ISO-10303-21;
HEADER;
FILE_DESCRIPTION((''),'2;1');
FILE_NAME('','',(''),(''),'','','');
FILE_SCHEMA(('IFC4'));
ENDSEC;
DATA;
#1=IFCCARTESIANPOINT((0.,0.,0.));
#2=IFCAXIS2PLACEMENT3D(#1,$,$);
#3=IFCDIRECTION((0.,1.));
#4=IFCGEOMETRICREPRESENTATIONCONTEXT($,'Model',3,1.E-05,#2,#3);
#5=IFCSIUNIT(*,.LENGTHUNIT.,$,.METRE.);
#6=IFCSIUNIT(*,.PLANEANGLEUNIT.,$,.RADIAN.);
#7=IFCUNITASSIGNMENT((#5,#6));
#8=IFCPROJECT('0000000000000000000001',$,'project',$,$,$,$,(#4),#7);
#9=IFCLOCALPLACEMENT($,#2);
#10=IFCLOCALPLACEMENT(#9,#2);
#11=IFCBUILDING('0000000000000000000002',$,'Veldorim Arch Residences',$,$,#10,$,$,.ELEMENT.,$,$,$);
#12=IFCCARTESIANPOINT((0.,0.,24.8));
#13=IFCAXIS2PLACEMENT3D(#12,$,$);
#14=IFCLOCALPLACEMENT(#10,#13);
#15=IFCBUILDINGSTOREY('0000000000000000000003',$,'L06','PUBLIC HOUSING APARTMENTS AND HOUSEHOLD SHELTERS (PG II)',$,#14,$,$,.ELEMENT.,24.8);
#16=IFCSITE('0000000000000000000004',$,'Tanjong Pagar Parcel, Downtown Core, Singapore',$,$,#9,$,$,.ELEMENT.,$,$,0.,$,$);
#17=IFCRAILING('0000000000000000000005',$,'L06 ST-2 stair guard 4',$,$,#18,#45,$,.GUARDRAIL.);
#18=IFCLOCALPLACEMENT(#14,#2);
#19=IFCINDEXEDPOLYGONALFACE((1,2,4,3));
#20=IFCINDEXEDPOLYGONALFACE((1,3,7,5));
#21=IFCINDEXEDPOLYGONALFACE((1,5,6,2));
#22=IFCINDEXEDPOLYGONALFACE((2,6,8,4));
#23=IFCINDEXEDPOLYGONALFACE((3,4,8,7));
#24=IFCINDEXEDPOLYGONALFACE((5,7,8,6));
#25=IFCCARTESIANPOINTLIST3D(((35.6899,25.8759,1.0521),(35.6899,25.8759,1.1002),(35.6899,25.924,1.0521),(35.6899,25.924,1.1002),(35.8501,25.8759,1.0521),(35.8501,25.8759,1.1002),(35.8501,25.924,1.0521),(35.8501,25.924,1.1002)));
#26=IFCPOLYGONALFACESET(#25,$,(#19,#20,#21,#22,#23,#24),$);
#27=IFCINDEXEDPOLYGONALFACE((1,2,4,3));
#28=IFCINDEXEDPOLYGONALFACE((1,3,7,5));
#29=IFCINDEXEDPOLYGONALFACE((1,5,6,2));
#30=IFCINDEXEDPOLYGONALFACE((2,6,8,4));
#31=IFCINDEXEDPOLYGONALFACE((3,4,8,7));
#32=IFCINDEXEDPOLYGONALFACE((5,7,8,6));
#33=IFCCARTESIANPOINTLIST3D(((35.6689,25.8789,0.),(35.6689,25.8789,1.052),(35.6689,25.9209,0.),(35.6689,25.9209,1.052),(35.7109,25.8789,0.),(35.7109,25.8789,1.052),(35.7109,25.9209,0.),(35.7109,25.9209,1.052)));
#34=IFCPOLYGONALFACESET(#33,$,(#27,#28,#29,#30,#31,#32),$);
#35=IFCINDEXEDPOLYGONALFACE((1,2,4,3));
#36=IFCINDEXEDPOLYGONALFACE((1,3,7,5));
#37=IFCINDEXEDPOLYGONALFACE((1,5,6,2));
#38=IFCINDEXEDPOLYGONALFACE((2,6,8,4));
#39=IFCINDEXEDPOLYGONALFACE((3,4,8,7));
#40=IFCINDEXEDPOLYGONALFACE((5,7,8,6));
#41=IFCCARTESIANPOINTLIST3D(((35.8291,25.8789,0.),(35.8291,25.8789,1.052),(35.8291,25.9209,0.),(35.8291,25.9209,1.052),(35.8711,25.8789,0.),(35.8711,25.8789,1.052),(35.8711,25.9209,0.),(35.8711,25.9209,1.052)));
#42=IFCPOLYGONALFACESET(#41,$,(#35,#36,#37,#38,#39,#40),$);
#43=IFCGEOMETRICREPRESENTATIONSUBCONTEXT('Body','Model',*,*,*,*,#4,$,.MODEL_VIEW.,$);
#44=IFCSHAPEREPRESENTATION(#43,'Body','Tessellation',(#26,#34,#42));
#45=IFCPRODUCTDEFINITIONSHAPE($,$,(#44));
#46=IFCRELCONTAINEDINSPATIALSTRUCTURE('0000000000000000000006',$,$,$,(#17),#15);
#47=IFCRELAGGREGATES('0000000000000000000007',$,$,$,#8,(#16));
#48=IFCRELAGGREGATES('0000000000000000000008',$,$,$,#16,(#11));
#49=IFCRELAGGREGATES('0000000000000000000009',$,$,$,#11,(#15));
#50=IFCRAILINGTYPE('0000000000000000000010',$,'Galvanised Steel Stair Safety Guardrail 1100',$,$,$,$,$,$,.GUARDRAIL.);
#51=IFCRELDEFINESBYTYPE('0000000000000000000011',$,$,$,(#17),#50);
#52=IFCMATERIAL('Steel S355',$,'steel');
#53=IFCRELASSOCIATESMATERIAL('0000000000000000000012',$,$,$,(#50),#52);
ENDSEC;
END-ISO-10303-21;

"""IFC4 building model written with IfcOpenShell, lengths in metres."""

from ifc_helpers import new_model, si_unit, direction, frame, origin, origin_2d, place, context, subcontext, project, spatial, rectangle, extrude, material, type_object, element, save


model = new_model("IFC4")

# Units and contexts
model_context = context("Model", 3, precision=1e-05, world=origin(), true_north=direction((0.0, 1.0)))
body_context = subcontext(model_context, "Body", "Model", "MODEL_VIEW")
ifc_project = project(units=[si_unit("LENGTHUNIT", "METRE"), si_unit("PLANEANGLEUNIT", "RADIAN")], contexts=[model_context])

# Site, building, storey
site_placement = place(None, origin())
site = spatial("IfcSite", under=ifc_project, at=site_placement, Name="Tanjong Pagar Parcel, Downtown Core, Singapore", CompositionType="ELEMENT", RefElevation=0.0)
building_placement = place(site_placement, origin())
building = spatial("IfcBuilding", under=site, at=building_placement, Name="Veldorim Arch Residences", CompositionType="ELEMENT")
storey_placement = place(building_placement, frame((0.0, 0.0, 24.8)))
storey = spatial("IfcBuildingStorey", under=building, at=storey_placement, Name="L06", Description="PUBLIC HOUSING APARTMENTS AND HOUSEHOLD SHELTERS (PG II)", CompositionType="ELEMENT", Elevation=24.8)

# Railing
ifc_material_1 = material(Name="Steel S355", Category="steel")
railing_type = type_object("IfcRailingType", Name="Galvanised Steel Stair Safety Guardrail 1100", PredefinedType="GUARDRAIL", material=ifc_material_1)
railing_placement = place(storey_placement, frame((35.6899, 25.8999, 0.0)))
element("IfcRailing", 1, at=railing_placement, inside=storey, type_object=railing_type, Name="L06 ST-2 stair guard 4", PredefinedType="GUARDRAIL", context=body_context, shape_type="SweptSolid", body=[
    extrude(rectangle(XDim=0.0481, YDim=0.0481, at=origin_2d()), frame((0.0, 0.0, 1.0762), z_axis=(1.0, 0.0, 0.0), x_axis=(0.0, 1.0, 0.0)), (0.0, 0.0, 1.0), 0.1602),
    extrude(rectangle(XDim=0.042, YDim=0.042, at=origin_2d()), origin(), (0.0, 0.0, 1.0), 1.052),
    extrude(rectangle(XDim=0.042, YDim=0.042, at=origin_2d()), frame((0.1602, 0.0, 0.0)), (0.0, 0.0, 1.0), 1.052),
])

save(model, "model.ifc")
